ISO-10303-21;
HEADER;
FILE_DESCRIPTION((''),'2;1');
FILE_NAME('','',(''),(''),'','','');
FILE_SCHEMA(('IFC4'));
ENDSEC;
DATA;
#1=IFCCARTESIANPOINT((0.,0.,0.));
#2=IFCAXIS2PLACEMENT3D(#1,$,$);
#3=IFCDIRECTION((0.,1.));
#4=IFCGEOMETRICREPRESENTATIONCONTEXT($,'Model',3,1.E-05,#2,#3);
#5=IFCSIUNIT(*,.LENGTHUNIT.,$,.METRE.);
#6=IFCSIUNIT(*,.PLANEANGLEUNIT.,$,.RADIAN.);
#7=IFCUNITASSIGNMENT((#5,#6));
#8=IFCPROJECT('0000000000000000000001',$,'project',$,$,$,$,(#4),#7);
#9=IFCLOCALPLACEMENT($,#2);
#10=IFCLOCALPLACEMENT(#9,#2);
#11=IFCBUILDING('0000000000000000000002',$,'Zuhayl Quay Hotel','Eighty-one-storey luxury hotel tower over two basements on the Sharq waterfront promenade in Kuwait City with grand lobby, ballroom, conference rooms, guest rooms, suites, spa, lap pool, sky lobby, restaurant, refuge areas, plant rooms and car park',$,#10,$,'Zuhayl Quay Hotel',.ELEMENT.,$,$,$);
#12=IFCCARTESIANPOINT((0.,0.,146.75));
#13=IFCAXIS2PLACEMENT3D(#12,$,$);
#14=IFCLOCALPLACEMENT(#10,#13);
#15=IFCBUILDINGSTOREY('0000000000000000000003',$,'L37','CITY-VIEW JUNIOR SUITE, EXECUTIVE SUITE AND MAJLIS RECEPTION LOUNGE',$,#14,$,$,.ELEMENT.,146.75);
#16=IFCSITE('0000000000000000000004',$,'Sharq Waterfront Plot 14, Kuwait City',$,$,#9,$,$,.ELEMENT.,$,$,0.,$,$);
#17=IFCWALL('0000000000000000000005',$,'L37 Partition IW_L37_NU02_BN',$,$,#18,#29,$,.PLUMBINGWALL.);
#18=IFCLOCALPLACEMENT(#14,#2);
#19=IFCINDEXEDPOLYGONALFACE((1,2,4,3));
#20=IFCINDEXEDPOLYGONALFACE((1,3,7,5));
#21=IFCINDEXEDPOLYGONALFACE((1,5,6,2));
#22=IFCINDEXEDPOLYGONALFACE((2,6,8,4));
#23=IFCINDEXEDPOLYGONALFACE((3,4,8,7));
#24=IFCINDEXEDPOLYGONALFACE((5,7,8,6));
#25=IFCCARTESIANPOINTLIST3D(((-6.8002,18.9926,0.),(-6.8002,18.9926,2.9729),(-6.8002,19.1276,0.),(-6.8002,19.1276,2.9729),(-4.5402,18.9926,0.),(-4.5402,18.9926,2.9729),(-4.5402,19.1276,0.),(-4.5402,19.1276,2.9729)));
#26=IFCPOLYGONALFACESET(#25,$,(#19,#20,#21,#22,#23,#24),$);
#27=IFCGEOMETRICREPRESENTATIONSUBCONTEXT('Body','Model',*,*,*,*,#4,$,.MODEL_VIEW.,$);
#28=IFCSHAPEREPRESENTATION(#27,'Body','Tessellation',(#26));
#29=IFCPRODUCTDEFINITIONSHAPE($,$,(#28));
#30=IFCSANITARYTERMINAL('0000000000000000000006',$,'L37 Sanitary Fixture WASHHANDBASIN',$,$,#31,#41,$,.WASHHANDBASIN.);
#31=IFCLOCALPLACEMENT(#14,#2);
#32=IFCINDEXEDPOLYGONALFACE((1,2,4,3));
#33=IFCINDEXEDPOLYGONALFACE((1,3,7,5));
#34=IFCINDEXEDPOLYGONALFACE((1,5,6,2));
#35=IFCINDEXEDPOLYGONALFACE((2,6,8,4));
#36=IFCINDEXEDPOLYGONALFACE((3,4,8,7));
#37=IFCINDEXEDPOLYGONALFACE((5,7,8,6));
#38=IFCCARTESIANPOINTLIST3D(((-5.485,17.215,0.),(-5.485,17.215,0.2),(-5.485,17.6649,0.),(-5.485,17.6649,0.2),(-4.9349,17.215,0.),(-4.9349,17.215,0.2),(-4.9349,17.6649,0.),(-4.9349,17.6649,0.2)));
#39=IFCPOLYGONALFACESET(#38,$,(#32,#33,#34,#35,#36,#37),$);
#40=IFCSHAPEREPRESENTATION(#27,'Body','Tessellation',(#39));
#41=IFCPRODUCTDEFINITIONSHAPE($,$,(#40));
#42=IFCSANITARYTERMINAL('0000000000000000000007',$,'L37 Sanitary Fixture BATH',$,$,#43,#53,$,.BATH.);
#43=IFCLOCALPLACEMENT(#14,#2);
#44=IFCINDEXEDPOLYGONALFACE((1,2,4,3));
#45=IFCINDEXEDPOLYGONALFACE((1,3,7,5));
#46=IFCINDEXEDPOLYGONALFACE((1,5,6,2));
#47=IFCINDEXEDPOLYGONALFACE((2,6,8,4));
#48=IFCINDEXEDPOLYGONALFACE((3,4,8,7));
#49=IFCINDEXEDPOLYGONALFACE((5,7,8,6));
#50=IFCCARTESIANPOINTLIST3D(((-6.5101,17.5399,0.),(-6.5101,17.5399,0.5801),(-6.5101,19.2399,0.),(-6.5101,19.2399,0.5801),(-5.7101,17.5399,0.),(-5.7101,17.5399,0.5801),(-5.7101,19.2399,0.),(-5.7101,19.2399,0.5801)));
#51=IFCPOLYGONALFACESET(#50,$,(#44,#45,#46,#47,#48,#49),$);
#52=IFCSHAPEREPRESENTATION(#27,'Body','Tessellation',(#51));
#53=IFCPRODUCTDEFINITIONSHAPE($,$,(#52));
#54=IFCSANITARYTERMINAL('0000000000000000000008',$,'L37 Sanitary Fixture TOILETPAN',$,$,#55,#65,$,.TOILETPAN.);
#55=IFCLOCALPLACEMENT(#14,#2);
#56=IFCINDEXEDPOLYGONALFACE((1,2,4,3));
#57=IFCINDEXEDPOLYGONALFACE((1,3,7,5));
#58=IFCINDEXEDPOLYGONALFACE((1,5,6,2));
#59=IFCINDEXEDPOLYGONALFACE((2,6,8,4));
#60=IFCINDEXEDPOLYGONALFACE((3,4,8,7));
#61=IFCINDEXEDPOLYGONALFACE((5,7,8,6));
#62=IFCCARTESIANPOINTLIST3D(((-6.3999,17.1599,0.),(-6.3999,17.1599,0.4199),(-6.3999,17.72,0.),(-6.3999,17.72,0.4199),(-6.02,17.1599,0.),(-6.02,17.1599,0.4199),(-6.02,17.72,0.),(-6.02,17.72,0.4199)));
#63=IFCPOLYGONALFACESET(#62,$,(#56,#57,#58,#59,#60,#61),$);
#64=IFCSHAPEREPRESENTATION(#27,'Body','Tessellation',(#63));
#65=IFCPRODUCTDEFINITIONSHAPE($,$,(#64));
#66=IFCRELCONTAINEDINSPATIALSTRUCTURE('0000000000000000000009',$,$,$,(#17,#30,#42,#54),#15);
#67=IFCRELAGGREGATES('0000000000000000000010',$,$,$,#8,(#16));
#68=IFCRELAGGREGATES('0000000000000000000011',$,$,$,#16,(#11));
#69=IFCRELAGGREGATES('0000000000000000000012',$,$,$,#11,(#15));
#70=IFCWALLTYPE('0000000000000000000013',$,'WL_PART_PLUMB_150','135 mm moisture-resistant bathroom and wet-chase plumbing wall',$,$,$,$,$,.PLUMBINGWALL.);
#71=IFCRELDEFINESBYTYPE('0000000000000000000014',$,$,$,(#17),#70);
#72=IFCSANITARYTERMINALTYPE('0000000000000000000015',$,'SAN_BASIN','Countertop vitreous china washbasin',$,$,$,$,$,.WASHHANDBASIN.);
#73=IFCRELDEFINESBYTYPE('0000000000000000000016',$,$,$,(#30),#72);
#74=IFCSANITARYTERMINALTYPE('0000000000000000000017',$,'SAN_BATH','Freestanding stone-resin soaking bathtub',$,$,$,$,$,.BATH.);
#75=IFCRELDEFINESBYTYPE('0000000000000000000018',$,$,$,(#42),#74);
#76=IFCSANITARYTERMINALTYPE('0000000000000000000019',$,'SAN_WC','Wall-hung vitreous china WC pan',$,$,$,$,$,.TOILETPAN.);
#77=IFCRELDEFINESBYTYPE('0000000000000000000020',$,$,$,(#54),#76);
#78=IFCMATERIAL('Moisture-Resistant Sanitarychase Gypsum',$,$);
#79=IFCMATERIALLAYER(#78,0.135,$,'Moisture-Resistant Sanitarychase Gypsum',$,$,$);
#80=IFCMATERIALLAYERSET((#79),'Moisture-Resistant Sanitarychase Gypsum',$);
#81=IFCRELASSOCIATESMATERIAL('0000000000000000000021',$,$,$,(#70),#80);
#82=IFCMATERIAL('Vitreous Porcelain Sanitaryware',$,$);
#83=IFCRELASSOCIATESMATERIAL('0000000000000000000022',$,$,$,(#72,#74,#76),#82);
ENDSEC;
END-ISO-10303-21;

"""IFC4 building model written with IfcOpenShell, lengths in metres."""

from ifc_helpers import new_model, si_unit, direction, frame, frame_2d, origin, origin_2d, place, context, subcontext, project, spatial, rectangle, extrude, material, layer, layer_set, type_object, element, save


model = new_model("IFC4")

# Units and contexts
model_context = context("Model", 3, precision=1e-05, world=origin(), true_north=direction((0.0, 1.0)))
body_context = subcontext(model_context, "Body", "Model", "MODEL_VIEW")
ifc_project = project(units=[si_unit("LENGTHUNIT", "METRE"), si_unit("PLANEANGLEUNIT", "RADIAN")], contexts=[model_context])

# Site, building, storey
site_placement = place(None, origin())
site = spatial("IfcSite", under=ifc_project, at=site_placement, Name="Sharq Waterfront Plot 14, Kuwait City", CompositionType="ELEMENT", RefElevation=0.0)
building_placement = place(site_placement, origin())
building = spatial("IfcBuilding", under=site, at=building_placement, Name="Zuhayl Quay Hotel", Description="Eighty-one-storey luxury hotel tower over two basements on the Sharq waterfront promenade in Kuwait City with grand lobby, ballroom, conference rooms, guest rooms, suites, spa, lap pool, sky lobby, restaurant, refuge areas, plant rooms and car park", LongName="Zuhayl Quay Hotel", CompositionType="ELEMENT")
storey_placement = place(building_placement, frame((0.0, 0.0, 146.75)))
storey = spatial("IfcBuildingStorey", under=building, at=storey_placement, Name="L37", Description="CITY-VIEW JUNIOR SUITE, EXECUTIVE SUITE AND MAJLIS RECEPTION LOUNGE", CompositionType="ELEMENT", Elevation=146.75)

# Shared definitions
ifc_material_1 = material(Name="Moisture-Resistant Sanitarychase Gypsum")
ifc_layer_1 = layer(ifc_material_1, 0.135, Name="Moisture-Resistant Sanitarychase Gypsum")
ifc_layer_set_1 = layer_set([ifc_layer_1], Name="Moisture-Resistant Sanitarychase Gypsum")
wall_type_1 = type_object("IfcWallType", Name="WL_PART_PLUMB_150", Description="135 mm moisture-resistant bathroom and wet-chase plumbing wall", PredefinedType="PLUMBINGWALL", material=ifc_layer_set_1)

# Wall
wall_1_placement = place(storey_placement, frame((-6.8, 19.0601, 0.0), z_axis=(0.0, 0.0, 1.0), x_axis=(1.0, 0.0, 0.0)))
element("IfcWall", 1, at=wall_1_placement, inside=storey, type_object=wall_type_1, Name="L37 Partition IW_L37_NU02_BN", PredefinedType="PLUMBINGWALL", context=body_context, shape_type="SweptSolid", body=[
    extrude(rectangle(XDim=2.26, YDim=0.135, at=frame_2d((1.1299, 0.0))), origin(), (0.0, 0.0, 1.0), 2.9729),
])

# Sanitary terminals
ifc_material_2 = material(Name="Vitreous Porcelain Sanitaryware")
sanitary_terminal_type_1 = type_object("IfcSanitaryTerminalType", Name="SAN_BASIN", Description="Countertop vitreous china washbasin", PredefinedType="WASHHANDBASIN", material=ifc_material_2)
sanitary_terminal_1_placement = place(storey_placement, frame((-5.21, 17.4399, 0.0), z_axis=(0.0, 0.0, 1.0), x_axis=(1.0, 0.0, 0.0)))
element("IfcSanitaryTerminal", 2, at=sanitary_terminal_1_placement, inside=storey, type_object=sanitary_terminal_type_1, Name="L37 Sanitary Fixture WASHHANDBASIN", PredefinedType="WASHHANDBASIN", context=body_context, shape_type="SweptSolid", body=[
    extrude(rectangle(XDim=0.55, YDim=0.45, at=origin_2d()), origin(), (0.0, 0.0, 1.0), 0.2),
])
sanitary_terminal_type_2 = type_object("IfcSanitaryTerminalType", Name="SAN_BATH", Description="Freestanding stone-resin soaking bathtub", PredefinedType="BATH", material=ifc_material_2)
sanitary_terminal_2_placement = place(storey_placement, frame((-6.1101, 18.3899, 0.0), z_axis=(0.0, 0.0, 1.0), x_axis=(1.0, 0.0, 0.0)))
element("IfcSanitaryTerminal", 3, at=sanitary_terminal_2_placement, inside=storey, type_object=sanitary_terminal_type_2, Name="L37 Sanitary Fixture BATH", PredefinedType="BATH", context=body_context, shape_type="SweptSolid", body=[
    extrude(rectangle(XDim=0.8, YDim=1.7, at=origin_2d()), origin(), (0.0, 0.0, 1.0), 0.5801),
])
sanitary_terminal_type_3 = type_object("IfcSanitaryTerminalType", Name="SAN_WC", Description="Wall-hung vitreous china WC pan", PredefinedType="TOILETPAN", material=ifc_material_2)
sanitary_terminal_3_placement = place(storey_placement, frame((-6.21, 17.4399, 0.0), z_axis=(0.0, 0.0, 1.0), x_axis=(1.0, 0.0, 0.0)))
element("IfcSanitaryTerminal", 4, at=sanitary_terminal_3_placement, inside=storey, type_object=sanitary_terminal_type_3, Name="L37 Sanitary Fixture TOILETPAN", PredefinedType="TOILETPAN", context=body_context, shape_type="SweptSolid", body=[
    extrude(rectangle(XDim=0.3799, YDim=0.5601, at=origin_2d()), origin(), (0.0, 0.0, 1.0), 0.4199),
])

save(model, "model.ifc")
